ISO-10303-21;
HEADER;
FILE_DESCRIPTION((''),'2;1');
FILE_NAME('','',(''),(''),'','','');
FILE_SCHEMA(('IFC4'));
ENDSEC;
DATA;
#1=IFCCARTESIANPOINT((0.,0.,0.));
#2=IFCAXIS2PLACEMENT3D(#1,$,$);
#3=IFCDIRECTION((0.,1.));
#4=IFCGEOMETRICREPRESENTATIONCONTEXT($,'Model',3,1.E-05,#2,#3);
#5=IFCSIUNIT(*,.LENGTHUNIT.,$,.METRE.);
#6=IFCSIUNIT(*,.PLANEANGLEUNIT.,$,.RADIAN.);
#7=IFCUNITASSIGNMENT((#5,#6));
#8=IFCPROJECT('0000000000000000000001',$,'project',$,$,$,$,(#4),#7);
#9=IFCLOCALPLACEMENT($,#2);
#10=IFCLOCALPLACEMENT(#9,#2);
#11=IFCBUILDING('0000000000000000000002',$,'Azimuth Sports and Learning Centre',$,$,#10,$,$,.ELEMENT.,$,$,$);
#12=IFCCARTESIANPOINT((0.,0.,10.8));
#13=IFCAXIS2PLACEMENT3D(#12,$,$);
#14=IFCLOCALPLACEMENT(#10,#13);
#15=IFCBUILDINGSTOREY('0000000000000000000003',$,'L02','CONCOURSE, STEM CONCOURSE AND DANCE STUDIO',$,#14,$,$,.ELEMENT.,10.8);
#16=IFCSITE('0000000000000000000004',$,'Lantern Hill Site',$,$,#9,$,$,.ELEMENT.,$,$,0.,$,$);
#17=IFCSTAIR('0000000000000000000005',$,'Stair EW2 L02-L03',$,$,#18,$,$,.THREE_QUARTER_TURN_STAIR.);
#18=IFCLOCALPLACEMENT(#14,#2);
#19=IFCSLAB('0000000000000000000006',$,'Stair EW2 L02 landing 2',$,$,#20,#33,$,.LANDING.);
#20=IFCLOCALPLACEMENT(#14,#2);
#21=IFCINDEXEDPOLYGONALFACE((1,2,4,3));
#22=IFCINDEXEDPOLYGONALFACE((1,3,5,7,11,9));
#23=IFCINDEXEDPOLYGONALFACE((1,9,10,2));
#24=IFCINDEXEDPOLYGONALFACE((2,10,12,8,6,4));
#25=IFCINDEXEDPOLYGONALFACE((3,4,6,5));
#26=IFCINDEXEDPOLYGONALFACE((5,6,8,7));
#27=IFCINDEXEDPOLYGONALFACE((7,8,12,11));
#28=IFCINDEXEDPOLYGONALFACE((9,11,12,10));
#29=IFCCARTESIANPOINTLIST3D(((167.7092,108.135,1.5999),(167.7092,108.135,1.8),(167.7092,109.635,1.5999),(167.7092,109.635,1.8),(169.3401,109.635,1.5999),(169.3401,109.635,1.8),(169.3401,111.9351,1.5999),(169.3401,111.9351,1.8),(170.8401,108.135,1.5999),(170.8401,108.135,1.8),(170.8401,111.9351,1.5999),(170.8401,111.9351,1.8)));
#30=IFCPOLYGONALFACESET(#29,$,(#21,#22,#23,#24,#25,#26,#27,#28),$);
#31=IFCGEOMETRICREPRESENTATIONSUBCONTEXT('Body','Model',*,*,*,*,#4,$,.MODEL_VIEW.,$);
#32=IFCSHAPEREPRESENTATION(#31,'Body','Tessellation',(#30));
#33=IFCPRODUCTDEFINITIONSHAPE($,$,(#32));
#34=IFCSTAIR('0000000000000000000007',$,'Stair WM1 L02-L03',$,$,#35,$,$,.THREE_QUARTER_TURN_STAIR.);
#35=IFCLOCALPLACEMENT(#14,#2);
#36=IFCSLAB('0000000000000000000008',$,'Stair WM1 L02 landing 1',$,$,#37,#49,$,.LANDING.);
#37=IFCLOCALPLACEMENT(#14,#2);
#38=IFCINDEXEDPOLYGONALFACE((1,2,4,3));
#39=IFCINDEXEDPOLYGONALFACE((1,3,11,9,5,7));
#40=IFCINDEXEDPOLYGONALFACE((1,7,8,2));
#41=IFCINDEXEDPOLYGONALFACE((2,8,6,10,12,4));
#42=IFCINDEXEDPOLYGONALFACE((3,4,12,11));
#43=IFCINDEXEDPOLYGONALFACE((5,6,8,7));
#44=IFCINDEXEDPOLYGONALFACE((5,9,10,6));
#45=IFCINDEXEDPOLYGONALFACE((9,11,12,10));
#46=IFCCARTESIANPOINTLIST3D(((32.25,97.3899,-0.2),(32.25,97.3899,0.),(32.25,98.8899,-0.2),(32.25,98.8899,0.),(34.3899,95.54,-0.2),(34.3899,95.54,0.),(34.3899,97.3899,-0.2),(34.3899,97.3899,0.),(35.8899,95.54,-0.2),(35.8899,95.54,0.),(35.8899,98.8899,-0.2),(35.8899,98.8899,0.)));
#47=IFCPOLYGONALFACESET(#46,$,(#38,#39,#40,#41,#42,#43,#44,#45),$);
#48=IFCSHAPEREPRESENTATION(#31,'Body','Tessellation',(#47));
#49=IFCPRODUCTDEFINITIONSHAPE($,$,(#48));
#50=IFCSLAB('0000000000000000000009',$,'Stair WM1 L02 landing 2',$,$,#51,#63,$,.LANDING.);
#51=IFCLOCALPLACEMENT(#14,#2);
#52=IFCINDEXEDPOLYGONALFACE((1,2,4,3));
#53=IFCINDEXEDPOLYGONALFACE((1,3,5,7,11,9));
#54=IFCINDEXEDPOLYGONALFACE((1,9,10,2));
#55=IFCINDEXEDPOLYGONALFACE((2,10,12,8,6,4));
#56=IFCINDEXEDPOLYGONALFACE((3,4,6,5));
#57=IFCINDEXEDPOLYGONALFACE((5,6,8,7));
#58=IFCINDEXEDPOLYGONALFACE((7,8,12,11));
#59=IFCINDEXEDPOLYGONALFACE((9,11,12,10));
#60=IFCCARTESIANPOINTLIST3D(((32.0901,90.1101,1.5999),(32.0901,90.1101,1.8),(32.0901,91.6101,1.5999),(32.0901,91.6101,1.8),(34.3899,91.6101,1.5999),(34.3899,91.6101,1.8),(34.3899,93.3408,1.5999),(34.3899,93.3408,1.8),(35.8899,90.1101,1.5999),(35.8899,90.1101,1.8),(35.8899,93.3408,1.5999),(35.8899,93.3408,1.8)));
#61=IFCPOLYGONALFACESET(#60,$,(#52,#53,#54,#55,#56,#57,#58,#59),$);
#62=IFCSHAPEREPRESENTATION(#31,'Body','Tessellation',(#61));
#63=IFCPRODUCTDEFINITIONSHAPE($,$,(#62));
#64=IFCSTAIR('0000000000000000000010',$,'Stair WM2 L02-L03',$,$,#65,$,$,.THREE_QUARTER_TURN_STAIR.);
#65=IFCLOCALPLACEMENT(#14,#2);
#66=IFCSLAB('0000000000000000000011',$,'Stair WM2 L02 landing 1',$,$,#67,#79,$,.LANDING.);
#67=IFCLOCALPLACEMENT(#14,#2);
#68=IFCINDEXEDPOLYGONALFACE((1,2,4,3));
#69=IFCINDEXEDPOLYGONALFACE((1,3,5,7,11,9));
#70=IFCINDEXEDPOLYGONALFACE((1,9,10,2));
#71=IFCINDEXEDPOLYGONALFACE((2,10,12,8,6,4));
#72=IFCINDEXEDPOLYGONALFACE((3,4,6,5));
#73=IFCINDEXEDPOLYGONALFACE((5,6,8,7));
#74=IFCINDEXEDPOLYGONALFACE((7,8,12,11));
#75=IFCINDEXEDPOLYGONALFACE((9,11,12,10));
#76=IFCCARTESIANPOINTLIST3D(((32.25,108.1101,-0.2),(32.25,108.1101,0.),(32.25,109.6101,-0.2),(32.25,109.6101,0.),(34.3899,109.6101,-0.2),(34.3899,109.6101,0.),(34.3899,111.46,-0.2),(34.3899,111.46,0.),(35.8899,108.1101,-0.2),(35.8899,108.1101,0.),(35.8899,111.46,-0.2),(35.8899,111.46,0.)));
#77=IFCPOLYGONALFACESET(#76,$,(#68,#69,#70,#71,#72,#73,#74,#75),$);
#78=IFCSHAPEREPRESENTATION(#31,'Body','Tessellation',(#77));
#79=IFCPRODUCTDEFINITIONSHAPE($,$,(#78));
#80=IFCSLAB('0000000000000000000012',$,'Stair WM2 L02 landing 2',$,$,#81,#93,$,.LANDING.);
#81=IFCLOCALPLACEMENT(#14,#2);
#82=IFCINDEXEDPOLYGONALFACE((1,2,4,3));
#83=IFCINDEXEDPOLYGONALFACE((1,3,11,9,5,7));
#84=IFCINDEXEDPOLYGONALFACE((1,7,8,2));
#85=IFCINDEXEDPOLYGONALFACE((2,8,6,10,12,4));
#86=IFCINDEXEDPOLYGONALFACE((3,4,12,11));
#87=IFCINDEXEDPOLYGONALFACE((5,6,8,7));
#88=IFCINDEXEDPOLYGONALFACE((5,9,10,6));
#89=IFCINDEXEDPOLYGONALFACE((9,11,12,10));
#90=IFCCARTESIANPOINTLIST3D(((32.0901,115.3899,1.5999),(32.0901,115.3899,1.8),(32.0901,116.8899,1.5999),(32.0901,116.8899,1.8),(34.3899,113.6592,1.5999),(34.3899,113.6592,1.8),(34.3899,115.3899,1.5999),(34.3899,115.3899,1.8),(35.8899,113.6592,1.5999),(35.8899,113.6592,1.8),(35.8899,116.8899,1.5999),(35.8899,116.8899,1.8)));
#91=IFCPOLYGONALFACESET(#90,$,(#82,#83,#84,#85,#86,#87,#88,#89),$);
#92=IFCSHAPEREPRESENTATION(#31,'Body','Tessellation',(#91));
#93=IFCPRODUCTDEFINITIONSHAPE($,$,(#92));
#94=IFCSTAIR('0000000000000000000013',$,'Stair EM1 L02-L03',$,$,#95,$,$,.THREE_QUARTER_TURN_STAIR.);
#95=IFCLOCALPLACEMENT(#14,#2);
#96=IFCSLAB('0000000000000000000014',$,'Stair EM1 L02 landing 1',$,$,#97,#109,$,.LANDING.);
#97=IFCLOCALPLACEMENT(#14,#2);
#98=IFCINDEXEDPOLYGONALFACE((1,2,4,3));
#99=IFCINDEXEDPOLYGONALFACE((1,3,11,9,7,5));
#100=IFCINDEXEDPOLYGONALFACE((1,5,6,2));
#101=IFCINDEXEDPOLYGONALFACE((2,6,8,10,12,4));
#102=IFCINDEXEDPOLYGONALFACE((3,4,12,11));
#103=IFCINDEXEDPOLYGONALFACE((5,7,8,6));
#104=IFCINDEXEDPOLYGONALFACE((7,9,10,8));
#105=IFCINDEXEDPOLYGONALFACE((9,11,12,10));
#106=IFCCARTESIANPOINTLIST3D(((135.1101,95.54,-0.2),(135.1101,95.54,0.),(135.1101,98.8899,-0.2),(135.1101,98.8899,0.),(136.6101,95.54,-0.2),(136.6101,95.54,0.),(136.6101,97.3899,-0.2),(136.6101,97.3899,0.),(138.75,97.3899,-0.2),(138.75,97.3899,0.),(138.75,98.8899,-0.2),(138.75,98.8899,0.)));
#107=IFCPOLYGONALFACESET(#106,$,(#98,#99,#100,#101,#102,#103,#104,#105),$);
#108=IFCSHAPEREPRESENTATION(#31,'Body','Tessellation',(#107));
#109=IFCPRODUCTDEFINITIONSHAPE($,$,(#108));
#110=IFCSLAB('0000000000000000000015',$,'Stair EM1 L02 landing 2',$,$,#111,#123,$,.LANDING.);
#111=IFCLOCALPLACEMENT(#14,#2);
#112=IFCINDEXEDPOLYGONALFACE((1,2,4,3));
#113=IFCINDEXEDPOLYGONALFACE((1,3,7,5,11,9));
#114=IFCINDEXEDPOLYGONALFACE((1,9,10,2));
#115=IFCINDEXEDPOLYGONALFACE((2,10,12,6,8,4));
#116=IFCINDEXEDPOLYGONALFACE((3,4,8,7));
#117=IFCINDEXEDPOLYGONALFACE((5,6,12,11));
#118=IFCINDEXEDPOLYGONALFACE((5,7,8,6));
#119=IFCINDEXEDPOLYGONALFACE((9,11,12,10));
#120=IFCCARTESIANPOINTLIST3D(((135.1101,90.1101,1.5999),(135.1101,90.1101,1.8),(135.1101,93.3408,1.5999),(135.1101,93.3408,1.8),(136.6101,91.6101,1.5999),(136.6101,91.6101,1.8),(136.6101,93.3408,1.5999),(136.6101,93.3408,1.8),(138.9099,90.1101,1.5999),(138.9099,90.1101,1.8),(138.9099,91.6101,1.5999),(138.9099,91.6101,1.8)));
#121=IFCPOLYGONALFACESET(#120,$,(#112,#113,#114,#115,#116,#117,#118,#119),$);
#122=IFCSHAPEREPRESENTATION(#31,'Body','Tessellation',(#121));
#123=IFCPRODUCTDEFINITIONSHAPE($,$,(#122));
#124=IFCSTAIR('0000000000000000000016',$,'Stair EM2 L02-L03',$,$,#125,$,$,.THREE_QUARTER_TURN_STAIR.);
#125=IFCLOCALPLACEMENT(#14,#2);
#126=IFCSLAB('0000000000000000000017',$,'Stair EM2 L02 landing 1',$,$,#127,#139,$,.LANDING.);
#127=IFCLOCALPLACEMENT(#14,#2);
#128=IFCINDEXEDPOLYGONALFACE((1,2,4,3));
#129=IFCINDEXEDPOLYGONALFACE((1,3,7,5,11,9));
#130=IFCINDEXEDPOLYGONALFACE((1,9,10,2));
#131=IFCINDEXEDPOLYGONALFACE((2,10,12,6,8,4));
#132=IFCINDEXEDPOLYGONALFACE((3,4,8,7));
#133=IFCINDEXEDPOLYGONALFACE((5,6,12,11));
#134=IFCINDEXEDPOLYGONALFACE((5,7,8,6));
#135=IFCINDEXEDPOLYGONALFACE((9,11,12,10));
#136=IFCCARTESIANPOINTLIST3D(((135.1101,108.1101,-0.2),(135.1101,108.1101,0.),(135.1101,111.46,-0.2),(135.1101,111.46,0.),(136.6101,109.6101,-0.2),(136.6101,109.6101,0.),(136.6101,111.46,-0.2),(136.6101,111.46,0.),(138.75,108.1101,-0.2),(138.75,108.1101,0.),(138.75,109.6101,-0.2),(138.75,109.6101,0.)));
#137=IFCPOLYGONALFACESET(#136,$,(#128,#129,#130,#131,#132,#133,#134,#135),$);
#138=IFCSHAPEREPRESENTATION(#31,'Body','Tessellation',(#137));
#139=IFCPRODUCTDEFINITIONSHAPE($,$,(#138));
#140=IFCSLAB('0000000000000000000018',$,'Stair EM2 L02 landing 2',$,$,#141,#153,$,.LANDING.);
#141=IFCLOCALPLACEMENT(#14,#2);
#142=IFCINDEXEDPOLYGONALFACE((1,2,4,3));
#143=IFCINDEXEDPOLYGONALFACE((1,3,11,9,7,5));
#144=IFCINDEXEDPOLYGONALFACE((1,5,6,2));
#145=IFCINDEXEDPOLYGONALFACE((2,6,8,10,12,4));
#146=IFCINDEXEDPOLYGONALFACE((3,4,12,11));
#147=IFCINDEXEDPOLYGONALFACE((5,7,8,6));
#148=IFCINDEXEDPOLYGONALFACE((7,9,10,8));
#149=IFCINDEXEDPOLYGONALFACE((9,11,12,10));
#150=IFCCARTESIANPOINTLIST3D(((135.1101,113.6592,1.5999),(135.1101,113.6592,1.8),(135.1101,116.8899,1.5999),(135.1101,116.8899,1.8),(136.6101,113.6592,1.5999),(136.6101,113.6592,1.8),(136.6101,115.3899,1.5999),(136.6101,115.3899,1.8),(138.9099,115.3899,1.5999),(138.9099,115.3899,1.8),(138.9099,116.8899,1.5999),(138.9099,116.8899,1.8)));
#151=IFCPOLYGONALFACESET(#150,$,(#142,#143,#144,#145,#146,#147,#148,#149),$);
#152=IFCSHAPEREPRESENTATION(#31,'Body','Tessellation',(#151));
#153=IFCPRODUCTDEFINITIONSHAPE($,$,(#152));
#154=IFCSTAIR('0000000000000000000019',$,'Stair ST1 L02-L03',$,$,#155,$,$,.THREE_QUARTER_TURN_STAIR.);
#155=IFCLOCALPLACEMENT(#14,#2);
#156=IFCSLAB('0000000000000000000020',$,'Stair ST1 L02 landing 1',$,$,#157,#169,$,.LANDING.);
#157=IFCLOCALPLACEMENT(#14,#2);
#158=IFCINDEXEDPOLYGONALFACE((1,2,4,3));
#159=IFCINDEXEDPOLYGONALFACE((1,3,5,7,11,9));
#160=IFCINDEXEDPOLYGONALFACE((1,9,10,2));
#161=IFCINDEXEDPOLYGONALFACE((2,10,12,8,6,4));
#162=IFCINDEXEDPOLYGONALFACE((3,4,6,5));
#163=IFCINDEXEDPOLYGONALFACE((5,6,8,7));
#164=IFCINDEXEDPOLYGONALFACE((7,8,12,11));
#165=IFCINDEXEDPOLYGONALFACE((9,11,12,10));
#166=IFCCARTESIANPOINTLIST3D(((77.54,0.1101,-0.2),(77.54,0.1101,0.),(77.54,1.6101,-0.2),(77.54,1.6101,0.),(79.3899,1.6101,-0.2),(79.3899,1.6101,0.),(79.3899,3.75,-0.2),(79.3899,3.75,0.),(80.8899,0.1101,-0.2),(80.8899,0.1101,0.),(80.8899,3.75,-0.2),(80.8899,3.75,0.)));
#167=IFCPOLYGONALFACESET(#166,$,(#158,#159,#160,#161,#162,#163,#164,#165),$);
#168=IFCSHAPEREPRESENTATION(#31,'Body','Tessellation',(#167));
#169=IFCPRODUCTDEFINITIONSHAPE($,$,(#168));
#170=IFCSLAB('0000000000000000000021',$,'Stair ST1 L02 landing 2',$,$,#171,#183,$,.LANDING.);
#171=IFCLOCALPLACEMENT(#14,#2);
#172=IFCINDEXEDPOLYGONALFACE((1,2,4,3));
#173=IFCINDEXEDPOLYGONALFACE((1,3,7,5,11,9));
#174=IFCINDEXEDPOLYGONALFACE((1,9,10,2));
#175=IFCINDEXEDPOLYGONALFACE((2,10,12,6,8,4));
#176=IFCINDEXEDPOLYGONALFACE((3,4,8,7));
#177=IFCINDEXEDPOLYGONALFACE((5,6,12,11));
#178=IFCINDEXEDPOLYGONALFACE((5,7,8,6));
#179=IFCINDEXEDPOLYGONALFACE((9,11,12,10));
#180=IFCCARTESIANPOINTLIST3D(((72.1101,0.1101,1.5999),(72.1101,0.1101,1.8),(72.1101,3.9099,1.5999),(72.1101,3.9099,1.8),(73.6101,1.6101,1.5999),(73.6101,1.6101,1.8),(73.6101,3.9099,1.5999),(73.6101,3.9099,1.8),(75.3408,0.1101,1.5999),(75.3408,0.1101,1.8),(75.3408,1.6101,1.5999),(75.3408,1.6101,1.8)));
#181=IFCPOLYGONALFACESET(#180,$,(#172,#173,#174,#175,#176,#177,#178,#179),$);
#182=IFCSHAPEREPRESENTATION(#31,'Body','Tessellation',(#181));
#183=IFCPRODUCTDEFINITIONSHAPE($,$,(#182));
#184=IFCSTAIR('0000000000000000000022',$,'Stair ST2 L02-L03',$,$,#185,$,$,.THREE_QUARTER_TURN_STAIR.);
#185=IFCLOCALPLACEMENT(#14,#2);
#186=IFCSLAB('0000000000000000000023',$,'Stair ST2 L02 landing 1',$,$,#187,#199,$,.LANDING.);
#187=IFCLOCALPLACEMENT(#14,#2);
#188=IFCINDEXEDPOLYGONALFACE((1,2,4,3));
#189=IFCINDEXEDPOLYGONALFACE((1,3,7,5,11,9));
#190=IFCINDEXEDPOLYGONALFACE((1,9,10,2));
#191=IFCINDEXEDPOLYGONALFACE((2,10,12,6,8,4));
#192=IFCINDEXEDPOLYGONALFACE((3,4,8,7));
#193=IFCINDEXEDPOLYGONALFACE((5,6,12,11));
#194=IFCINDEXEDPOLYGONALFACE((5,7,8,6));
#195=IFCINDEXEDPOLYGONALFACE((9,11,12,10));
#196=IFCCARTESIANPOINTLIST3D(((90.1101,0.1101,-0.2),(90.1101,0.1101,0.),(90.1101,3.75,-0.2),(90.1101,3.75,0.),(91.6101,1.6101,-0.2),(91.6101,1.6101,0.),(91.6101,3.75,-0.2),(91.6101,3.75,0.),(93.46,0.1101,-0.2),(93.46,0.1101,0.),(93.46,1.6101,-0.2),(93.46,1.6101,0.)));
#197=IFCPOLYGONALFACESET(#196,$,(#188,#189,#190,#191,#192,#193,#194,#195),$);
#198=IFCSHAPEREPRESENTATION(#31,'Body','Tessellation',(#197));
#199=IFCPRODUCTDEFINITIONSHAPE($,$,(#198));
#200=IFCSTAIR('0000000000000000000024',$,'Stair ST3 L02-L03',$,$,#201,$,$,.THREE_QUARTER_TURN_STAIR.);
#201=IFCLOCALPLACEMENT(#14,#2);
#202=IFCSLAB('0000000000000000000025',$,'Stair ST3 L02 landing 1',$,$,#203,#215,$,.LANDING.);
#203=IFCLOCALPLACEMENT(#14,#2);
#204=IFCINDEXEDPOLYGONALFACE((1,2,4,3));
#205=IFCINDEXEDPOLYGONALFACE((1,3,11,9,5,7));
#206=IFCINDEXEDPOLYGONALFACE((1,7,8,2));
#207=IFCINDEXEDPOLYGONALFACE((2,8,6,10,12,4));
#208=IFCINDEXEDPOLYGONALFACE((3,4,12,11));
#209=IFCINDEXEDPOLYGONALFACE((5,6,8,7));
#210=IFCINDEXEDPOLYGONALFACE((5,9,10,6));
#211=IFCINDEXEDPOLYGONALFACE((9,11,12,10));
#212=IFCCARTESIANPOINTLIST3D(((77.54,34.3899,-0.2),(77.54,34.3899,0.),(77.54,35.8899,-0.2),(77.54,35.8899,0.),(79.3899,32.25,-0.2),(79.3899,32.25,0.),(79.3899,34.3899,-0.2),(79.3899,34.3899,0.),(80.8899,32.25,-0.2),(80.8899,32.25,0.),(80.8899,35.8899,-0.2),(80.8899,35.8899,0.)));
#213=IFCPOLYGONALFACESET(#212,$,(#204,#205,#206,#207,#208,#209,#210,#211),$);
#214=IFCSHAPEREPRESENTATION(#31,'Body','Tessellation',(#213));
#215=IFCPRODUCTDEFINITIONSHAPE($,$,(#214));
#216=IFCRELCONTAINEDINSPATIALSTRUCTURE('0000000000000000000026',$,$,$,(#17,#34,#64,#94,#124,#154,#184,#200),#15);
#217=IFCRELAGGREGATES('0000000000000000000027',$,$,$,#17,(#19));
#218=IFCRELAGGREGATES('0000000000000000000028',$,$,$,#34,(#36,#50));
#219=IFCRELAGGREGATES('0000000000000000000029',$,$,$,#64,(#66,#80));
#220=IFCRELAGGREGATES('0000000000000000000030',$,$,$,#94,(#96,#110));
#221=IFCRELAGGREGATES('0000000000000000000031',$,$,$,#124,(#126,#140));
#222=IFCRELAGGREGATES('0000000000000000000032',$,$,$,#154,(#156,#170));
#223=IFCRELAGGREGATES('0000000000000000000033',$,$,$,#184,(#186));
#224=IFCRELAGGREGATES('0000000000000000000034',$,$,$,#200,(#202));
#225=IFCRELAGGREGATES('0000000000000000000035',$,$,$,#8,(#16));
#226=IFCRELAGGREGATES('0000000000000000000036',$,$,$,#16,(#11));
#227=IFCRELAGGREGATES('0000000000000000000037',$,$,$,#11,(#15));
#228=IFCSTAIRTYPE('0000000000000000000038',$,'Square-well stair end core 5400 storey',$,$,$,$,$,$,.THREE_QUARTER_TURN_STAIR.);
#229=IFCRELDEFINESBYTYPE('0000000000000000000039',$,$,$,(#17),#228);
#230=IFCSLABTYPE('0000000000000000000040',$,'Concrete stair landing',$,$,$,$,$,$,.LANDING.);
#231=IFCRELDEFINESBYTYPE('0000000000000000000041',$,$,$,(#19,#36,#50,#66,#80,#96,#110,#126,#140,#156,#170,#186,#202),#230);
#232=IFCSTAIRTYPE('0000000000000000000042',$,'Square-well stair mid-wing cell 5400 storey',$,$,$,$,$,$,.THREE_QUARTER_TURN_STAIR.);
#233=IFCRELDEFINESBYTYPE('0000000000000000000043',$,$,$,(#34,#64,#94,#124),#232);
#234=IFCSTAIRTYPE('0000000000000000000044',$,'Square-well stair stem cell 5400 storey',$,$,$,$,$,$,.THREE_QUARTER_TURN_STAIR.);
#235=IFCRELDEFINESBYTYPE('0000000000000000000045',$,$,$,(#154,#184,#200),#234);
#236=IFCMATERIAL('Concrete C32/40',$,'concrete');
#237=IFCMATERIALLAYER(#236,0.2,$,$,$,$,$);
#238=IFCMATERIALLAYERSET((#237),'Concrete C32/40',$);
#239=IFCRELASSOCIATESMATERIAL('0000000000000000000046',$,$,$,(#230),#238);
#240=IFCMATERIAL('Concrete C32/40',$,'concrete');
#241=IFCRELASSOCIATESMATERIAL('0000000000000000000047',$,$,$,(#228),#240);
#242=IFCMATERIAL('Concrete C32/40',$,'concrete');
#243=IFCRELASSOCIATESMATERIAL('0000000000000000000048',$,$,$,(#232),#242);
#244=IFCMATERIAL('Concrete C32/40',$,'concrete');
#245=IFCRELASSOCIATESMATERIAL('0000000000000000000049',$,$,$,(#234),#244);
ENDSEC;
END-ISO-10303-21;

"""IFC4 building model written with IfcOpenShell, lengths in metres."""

from ifc_helpers import new_model, si_unit, direction, frame, origin, place, context, subcontext, project, spatial, polyline, outline, extrude, material, layer, layer_set, type_object, element, aggregate, save


model = new_model("IFC4")

# Units and contexts
model_context = context("Model", 3, precision=1e-05, world=origin(), true_north=direction((0.0, 1.0)))
body_context = subcontext(model_context, "Body", "Model", "MODEL_VIEW")
ifc_project = project(units=[si_unit("LENGTHUNIT", "METRE"), si_unit("PLANEANGLEUNIT", "RADIAN")], contexts=[model_context])

# Site, building, storey
site_placement = place(None, origin())
site = spatial("IfcSite", under=ifc_project, at=site_placement, Name="Lantern Hill Site", CompositionType="ELEMENT", RefElevation=0.0)
building_placement = place(site_placement, origin())
building = spatial("IfcBuilding", under=site, at=building_placement, Name="Azimuth Sports and Learning Centre", CompositionType="ELEMENT")
storey_placement = place(building_placement, frame((0.0, 0.0, 10.8)))
storey = spatial("IfcBuildingStorey", under=building, at=storey_placement, Name="L02", Description="CONCOURSE, STEM CONCOURSE AND DANCE STUDIO", CompositionType="ELEMENT", Elevation=10.8)

# Stairs, slabs
ifc_material_1 = material(Name="Concrete C32/40", Category="concrete")
ifc_layer_1 = layer(ifc_material_1, 0.2)
ifc_layer_set_1 = layer_set([ifc_layer_1], Name="Concrete C32/40")
slab_type_1 = type_object("IfcSlabType", Name="Concrete stair landing", PredefinedType="LANDING", material=ifc_layer_set_1)
ifc_material_2 = material(Name="Concrete C32/40", Category="concrete")
stair_type_1 = type_object("IfcStairType", Name="Square-well stair end core 5400 storey", PredefinedType="THREE_QUARTER_TURN_STAIR", material=ifc_material_2)
stair_1_placement = place(storey_placement, origin())
stair_1 = element("IfcStair", 1, at=stair_1_placement, inside=storey, type_object=stair_type_1, Name="Stair EW2 L02-L03", PredefinedType="THREE_QUARTER_TURN_STAIR")
slab_1_placement = place(storey_placement, frame((0.0, 0.0, 1.5999)))
slab_1 = element("IfcSlab", 2, at=slab_1_placement, type_object=slab_type_1, Name="Stair EW2 L02 landing 2", PredefinedType="LANDING", context=body_context, shape_type="SweptSolid", body=[
    extrude(outline(polyline([(169.3401, 109.635), (167.7092, 109.635), (167.7092, 108.135), (170.8401, 108.135), (170.8401, 111.9351), (169.3401, 111.9351), (169.3401, 109.635)])), origin(), (0.0, 0.0, 1.0), 0.2002),
])
aggregate(stair_1, [slab_1])
ifc_material_3 = material(Name="Concrete C32/40", Category="concrete")
stair_type_2 = type_object("IfcStairType", Name="Square-well stair mid-wing cell 5400 storey", PredefinedType="THREE_QUARTER_TURN_STAIR", material=ifc_material_3)
stair_2_placement = place(storey_placement, origin())
stair_2 = element("IfcStair", 3, at=stair_2_placement, inside=storey, type_object=stair_type_2, Name="Stair WM1 L02-L03", PredefinedType="THREE_QUARTER_TURN_STAIR")
slab_2_placement = place(storey_placement, frame((0.0, 0.0, -0.2)))
slab_2 = element("IfcSlab", 4, at=slab_2_placement, type_object=slab_type_1, Name="Stair WM1 L02 landing 1", PredefinedType="LANDING", context=body_context, shape_type="SweptSolid", body=[
    extrude(outline(polyline([(35.8899, 98.8899), (32.25, 98.8899), (32.25, 97.3899), (34.3899, 97.3899), (34.3899, 95.54), (35.8899, 95.54), (35.8899, 98.8899)])), origin(), (0.0, 0.0, 1.0), 0.2),
])
slab_3_placement = place(storey_placement, frame((0.0, 0.0, 1.5999)))
slab_3 = element("IfcSlab", 5, at=slab_3_placement, type_object=slab_type_1, Name="Stair WM1 L02 landing 2", PredefinedType="LANDING", context=body_context, shape_type="SweptSolid", body=[
    extrude(outline(polyline([(34.3899, 91.6101), (32.0901, 91.6101), (32.0901, 90.1101), (35.8899, 90.1101), (35.8899, 93.3408), (34.3899, 93.3408), (34.3899, 91.6101)])), origin(), (0.0, 0.0, 1.0), 0.2002),
])
aggregate(stair_2, [slab_2, slab_3])
stair_3_placement = place(storey_placement, origin())
stair_3 = element("IfcStair", 6, at=stair_3_placement, inside=storey, type_object=stair_type_2, Name="Stair WM2 L02-L03", PredefinedType="THREE_QUARTER_TURN_STAIR")
slab_4_placement = place(storey_placement, frame((0.0, 0.0, -0.2)))
slab_4 = element("IfcSlab", 7, at=slab_4_placement, type_object=slab_type_1, Name="Stair WM2 L02 landing 1", PredefinedType="LANDING", context=body_context, shape_type="SweptSolid", body=[
    extrude(outline(polyline([(34.3899, 111.46), (34.3899, 109.6101), (32.25, 109.6101), (32.25, 108.1101), (35.8899, 108.1101), (35.8899, 111.46), (34.3899, 111.46)])), origin(), (0.0, 0.0, 1.0), 0.2),
])
slab_5_placement = place(storey_placement, frame((0.0, 0.0, 1.5999)))
slab_5 = element("IfcSlab", 8, at=slab_5_placement, type_object=slab_type_1, Name="Stair WM2 L02 landing 2", PredefinedType="LANDING", context=body_context, shape_type="SweptSolid", body=[
    extrude(outline(polyline([(34.3899, 115.3899), (34.3899, 113.6592), (35.8899, 113.6592), (35.8899, 116.8899), (32.0901, 116.8899), (32.0901, 115.3899), (34.3899, 115.3899)])), origin(), (0.0, 0.0, 1.0), 0.2002),
])
aggregate(stair_3, [slab_4, slab_5])
stair_4_placement = place(storey_placement, origin())
stair_4 = element("IfcStair", 9, at=stair_4_placement, inside=storey, type_object=stair_type_2, Name="Stair EM1 L02-L03", PredefinedType="THREE_QUARTER_TURN_STAIR")
slab_6_placement = place(storey_placement, frame((0.0, 0.0, -0.2)))
slab_6 = element("IfcSlab", 10, at=slab_6_placement, type_object=slab_type_1, Name="Stair EM1 L02 landing 1", PredefinedType="LANDING", context=body_context, shape_type="SweptSolid", body=[
    extrude(outline(polyline([(136.6101, 95.54), (136.6101, 97.3899), (138.75, 97.3899), (138.75, 98.8899), (135.1101, 98.8899), (135.1101, 95.54), (136.6101, 95.54)])), origin(), (0.0, 0.0, 1.0), 0.2),
])
slab_7_placement = place(storey_placement, frame((0.0, 0.0, 1.5999)))
slab_7 = element("IfcSlab", 11, at=slab_7_placement, type_object=slab_type_1, Name="Stair EM1 L02 landing 2", PredefinedType="LANDING", context=body_context, shape_type="SweptSolid", body=[
    extrude(outline(polyline([(136.6101, 91.6101), (136.6101, 93.3408), (135.1101, 93.3408), (135.1101, 90.1101), (138.9099, 90.1101), (138.9099, 91.6101), (136.6101, 91.6101)])), origin(), (0.0, 0.0, 1.0), 0.2002),
])
aggregate(stair_4, [slab_6, slab_7])
stair_5_placement = place(storey_placement, origin())
stair_5 = element("IfcStair", 12, at=stair_5_placement, inside=storey, type_object=stair_type_2, Name="Stair EM2 L02-L03", PredefinedType="THREE_QUARTER_TURN_STAIR")
slab_8_placement = place(storey_placement, frame((0.0, 0.0, -0.2)))
slab_8 = element("IfcSlab", 13, at=slab_8_placement, type_object=slab_type_1, Name="Stair EM2 L02 landing 1", PredefinedType="LANDING", context=body_context, shape_type="SweptSolid", body=[
    extrude(outline(polyline([(135.1101, 108.1101), (138.75, 108.1101), (138.75, 109.6101), (136.6101, 109.6101), (136.6101, 111.46), (135.1101, 111.46), (135.1101, 108.1101)])), origin(), (0.0, 0.0, 1.0), 0.2),
])
slab_9_placement = place(storey_placement, frame((0.0, 0.0, 1.5999)))
slab_9 = element("IfcSlab", 14, at=slab_9_placement, type_object=slab_type_1, Name="Stair EM2 L02 landing 2", PredefinedType="LANDING", context=body_context, shape_type="SweptSolid", body=[
    extrude(outline(polyline([(136.6101, 115.3899), (138.9099, 115.3899), (138.9099, 116.8899), (135.1101, 116.8899), (135.1101, 113.6592), (136.6101, 113.6592), (136.6101, 115.3899)])), origin(), (0.0, 0.0, 1.0), 0.2002),
])
aggregate(stair_5, [slab_8, slab_9])
ifc_material_4 = material(Name="Concrete C32/40", Category="concrete")
stair_type_3 = type_object("IfcStairType", Name="Square-well stair stem cell 5400 storey", PredefinedType="THREE_QUARTER_TURN_STAIR", material=ifc_material_4)
stair_6_placement = place(storey_placement, origin())
stair_6 = element("IfcStair", 15, at=stair_6_placement, inside=storey, type_object=stair_type_3, Name="Stair ST1 L02-L03", PredefinedType="THREE_QUARTER_TURN_STAIR")
slab_10_placement = place(storey_placement, frame((0.0, 0.0, -0.2)))
slab_10 = element("IfcSlab", 16, at=slab_10_placement, type_object=slab_type_1, Name="Stair ST1 L02 landing 1", PredefinedType="LANDING", context=body_context, shape_type="SweptSolid", body=[
    extrude(outline(polyline([(80.8899, 0.1101), (80.8899, 3.75), (79.3899, 3.75), (79.3899, 1.6101), (77.54, 1.6101), (77.54, 0.1101), (80.8899, 0.1101)])), origin(), (0.0, 0.0, 1.0), 0.2),
])
slab_11_placement = place(storey_placement, frame((0.0, 0.0, 1.5999)))
slab_11 = element("IfcSlab", 17, at=slab_11_placement, type_object=slab_type_1, Name="Stair ST1 L02 landing 2", PredefinedType="LANDING", context=body_context, shape_type="SweptSolid", body=[
    extrude(outline(polyline([(73.6101, 1.6101), (73.6101, 3.9099), (72.1101, 3.9099), (72.1101, 0.1101), (75.3408, 0.1101), (75.3408, 1.6101), (73.6101, 1.6101)])), origin(), (0.0, 0.0, 1.0), 0.2002),
])
aggregate(stair_6, [slab_10, slab_11])

# Stairs, slabs
stair_7_placement = place(storey_placement, origin())
stair_7 = element("IfcStair", 18, at=stair_7_placement, inside=storey, type_object=stair_type_3, Name="Stair ST2 L02-L03", PredefinedType="THREE_QUARTER_TURN_STAIR")
slab_12_placement = place(storey_placement, frame((0.0, 0.0, -0.2)))
slab_12 = element("IfcSlab", 19, at=slab_12_placement, type_object=slab_type_1, Name="Stair ST2 L02 landing 1", PredefinedType="LANDING", context=body_context, shape_type="SweptSolid", body=[
    extrude(outline(polyline([(93.46, 1.6101), (91.6101, 1.6101), (91.6101, 3.75), (90.1101, 3.75), (90.1101, 0.1101), (93.46, 0.1101), (93.46, 1.6101)])), origin(), (0.0, 0.0, 1.0), 0.2),
])
aggregate(stair_7, [slab_12])
stair_8_placement = place(storey_placement, origin())
stair_8 = element("IfcStair", 20, at=stair_8_placement, inside=storey, type_object=stair_type_3, Name="Stair ST3 L02-L03", PredefinedType="THREE_QUARTER_TURN_STAIR")
slab_13_placement = place(storey_placement, frame((0.0, 0.0, -0.2)))
slab_13 = element("IfcSlab", 21, at=slab_13_placement, type_object=slab_type_1, Name="Stair ST3 L02 landing 1", PredefinedType="LANDING", context=body_context, shape_type="SweptSolid", body=[
    extrude(outline(polyline([(77.54, 34.3899), (79.3899, 34.3899), (79.3899, 32.25), (80.8899, 32.25), (80.8899, 35.8899), (77.54, 35.8899), (77.54, 34.3899)])), origin(), (0.0, 0.0, 1.0), 0.2),
])
aggregate(stair_8, [slab_13])

save(model, "model.ifc")
